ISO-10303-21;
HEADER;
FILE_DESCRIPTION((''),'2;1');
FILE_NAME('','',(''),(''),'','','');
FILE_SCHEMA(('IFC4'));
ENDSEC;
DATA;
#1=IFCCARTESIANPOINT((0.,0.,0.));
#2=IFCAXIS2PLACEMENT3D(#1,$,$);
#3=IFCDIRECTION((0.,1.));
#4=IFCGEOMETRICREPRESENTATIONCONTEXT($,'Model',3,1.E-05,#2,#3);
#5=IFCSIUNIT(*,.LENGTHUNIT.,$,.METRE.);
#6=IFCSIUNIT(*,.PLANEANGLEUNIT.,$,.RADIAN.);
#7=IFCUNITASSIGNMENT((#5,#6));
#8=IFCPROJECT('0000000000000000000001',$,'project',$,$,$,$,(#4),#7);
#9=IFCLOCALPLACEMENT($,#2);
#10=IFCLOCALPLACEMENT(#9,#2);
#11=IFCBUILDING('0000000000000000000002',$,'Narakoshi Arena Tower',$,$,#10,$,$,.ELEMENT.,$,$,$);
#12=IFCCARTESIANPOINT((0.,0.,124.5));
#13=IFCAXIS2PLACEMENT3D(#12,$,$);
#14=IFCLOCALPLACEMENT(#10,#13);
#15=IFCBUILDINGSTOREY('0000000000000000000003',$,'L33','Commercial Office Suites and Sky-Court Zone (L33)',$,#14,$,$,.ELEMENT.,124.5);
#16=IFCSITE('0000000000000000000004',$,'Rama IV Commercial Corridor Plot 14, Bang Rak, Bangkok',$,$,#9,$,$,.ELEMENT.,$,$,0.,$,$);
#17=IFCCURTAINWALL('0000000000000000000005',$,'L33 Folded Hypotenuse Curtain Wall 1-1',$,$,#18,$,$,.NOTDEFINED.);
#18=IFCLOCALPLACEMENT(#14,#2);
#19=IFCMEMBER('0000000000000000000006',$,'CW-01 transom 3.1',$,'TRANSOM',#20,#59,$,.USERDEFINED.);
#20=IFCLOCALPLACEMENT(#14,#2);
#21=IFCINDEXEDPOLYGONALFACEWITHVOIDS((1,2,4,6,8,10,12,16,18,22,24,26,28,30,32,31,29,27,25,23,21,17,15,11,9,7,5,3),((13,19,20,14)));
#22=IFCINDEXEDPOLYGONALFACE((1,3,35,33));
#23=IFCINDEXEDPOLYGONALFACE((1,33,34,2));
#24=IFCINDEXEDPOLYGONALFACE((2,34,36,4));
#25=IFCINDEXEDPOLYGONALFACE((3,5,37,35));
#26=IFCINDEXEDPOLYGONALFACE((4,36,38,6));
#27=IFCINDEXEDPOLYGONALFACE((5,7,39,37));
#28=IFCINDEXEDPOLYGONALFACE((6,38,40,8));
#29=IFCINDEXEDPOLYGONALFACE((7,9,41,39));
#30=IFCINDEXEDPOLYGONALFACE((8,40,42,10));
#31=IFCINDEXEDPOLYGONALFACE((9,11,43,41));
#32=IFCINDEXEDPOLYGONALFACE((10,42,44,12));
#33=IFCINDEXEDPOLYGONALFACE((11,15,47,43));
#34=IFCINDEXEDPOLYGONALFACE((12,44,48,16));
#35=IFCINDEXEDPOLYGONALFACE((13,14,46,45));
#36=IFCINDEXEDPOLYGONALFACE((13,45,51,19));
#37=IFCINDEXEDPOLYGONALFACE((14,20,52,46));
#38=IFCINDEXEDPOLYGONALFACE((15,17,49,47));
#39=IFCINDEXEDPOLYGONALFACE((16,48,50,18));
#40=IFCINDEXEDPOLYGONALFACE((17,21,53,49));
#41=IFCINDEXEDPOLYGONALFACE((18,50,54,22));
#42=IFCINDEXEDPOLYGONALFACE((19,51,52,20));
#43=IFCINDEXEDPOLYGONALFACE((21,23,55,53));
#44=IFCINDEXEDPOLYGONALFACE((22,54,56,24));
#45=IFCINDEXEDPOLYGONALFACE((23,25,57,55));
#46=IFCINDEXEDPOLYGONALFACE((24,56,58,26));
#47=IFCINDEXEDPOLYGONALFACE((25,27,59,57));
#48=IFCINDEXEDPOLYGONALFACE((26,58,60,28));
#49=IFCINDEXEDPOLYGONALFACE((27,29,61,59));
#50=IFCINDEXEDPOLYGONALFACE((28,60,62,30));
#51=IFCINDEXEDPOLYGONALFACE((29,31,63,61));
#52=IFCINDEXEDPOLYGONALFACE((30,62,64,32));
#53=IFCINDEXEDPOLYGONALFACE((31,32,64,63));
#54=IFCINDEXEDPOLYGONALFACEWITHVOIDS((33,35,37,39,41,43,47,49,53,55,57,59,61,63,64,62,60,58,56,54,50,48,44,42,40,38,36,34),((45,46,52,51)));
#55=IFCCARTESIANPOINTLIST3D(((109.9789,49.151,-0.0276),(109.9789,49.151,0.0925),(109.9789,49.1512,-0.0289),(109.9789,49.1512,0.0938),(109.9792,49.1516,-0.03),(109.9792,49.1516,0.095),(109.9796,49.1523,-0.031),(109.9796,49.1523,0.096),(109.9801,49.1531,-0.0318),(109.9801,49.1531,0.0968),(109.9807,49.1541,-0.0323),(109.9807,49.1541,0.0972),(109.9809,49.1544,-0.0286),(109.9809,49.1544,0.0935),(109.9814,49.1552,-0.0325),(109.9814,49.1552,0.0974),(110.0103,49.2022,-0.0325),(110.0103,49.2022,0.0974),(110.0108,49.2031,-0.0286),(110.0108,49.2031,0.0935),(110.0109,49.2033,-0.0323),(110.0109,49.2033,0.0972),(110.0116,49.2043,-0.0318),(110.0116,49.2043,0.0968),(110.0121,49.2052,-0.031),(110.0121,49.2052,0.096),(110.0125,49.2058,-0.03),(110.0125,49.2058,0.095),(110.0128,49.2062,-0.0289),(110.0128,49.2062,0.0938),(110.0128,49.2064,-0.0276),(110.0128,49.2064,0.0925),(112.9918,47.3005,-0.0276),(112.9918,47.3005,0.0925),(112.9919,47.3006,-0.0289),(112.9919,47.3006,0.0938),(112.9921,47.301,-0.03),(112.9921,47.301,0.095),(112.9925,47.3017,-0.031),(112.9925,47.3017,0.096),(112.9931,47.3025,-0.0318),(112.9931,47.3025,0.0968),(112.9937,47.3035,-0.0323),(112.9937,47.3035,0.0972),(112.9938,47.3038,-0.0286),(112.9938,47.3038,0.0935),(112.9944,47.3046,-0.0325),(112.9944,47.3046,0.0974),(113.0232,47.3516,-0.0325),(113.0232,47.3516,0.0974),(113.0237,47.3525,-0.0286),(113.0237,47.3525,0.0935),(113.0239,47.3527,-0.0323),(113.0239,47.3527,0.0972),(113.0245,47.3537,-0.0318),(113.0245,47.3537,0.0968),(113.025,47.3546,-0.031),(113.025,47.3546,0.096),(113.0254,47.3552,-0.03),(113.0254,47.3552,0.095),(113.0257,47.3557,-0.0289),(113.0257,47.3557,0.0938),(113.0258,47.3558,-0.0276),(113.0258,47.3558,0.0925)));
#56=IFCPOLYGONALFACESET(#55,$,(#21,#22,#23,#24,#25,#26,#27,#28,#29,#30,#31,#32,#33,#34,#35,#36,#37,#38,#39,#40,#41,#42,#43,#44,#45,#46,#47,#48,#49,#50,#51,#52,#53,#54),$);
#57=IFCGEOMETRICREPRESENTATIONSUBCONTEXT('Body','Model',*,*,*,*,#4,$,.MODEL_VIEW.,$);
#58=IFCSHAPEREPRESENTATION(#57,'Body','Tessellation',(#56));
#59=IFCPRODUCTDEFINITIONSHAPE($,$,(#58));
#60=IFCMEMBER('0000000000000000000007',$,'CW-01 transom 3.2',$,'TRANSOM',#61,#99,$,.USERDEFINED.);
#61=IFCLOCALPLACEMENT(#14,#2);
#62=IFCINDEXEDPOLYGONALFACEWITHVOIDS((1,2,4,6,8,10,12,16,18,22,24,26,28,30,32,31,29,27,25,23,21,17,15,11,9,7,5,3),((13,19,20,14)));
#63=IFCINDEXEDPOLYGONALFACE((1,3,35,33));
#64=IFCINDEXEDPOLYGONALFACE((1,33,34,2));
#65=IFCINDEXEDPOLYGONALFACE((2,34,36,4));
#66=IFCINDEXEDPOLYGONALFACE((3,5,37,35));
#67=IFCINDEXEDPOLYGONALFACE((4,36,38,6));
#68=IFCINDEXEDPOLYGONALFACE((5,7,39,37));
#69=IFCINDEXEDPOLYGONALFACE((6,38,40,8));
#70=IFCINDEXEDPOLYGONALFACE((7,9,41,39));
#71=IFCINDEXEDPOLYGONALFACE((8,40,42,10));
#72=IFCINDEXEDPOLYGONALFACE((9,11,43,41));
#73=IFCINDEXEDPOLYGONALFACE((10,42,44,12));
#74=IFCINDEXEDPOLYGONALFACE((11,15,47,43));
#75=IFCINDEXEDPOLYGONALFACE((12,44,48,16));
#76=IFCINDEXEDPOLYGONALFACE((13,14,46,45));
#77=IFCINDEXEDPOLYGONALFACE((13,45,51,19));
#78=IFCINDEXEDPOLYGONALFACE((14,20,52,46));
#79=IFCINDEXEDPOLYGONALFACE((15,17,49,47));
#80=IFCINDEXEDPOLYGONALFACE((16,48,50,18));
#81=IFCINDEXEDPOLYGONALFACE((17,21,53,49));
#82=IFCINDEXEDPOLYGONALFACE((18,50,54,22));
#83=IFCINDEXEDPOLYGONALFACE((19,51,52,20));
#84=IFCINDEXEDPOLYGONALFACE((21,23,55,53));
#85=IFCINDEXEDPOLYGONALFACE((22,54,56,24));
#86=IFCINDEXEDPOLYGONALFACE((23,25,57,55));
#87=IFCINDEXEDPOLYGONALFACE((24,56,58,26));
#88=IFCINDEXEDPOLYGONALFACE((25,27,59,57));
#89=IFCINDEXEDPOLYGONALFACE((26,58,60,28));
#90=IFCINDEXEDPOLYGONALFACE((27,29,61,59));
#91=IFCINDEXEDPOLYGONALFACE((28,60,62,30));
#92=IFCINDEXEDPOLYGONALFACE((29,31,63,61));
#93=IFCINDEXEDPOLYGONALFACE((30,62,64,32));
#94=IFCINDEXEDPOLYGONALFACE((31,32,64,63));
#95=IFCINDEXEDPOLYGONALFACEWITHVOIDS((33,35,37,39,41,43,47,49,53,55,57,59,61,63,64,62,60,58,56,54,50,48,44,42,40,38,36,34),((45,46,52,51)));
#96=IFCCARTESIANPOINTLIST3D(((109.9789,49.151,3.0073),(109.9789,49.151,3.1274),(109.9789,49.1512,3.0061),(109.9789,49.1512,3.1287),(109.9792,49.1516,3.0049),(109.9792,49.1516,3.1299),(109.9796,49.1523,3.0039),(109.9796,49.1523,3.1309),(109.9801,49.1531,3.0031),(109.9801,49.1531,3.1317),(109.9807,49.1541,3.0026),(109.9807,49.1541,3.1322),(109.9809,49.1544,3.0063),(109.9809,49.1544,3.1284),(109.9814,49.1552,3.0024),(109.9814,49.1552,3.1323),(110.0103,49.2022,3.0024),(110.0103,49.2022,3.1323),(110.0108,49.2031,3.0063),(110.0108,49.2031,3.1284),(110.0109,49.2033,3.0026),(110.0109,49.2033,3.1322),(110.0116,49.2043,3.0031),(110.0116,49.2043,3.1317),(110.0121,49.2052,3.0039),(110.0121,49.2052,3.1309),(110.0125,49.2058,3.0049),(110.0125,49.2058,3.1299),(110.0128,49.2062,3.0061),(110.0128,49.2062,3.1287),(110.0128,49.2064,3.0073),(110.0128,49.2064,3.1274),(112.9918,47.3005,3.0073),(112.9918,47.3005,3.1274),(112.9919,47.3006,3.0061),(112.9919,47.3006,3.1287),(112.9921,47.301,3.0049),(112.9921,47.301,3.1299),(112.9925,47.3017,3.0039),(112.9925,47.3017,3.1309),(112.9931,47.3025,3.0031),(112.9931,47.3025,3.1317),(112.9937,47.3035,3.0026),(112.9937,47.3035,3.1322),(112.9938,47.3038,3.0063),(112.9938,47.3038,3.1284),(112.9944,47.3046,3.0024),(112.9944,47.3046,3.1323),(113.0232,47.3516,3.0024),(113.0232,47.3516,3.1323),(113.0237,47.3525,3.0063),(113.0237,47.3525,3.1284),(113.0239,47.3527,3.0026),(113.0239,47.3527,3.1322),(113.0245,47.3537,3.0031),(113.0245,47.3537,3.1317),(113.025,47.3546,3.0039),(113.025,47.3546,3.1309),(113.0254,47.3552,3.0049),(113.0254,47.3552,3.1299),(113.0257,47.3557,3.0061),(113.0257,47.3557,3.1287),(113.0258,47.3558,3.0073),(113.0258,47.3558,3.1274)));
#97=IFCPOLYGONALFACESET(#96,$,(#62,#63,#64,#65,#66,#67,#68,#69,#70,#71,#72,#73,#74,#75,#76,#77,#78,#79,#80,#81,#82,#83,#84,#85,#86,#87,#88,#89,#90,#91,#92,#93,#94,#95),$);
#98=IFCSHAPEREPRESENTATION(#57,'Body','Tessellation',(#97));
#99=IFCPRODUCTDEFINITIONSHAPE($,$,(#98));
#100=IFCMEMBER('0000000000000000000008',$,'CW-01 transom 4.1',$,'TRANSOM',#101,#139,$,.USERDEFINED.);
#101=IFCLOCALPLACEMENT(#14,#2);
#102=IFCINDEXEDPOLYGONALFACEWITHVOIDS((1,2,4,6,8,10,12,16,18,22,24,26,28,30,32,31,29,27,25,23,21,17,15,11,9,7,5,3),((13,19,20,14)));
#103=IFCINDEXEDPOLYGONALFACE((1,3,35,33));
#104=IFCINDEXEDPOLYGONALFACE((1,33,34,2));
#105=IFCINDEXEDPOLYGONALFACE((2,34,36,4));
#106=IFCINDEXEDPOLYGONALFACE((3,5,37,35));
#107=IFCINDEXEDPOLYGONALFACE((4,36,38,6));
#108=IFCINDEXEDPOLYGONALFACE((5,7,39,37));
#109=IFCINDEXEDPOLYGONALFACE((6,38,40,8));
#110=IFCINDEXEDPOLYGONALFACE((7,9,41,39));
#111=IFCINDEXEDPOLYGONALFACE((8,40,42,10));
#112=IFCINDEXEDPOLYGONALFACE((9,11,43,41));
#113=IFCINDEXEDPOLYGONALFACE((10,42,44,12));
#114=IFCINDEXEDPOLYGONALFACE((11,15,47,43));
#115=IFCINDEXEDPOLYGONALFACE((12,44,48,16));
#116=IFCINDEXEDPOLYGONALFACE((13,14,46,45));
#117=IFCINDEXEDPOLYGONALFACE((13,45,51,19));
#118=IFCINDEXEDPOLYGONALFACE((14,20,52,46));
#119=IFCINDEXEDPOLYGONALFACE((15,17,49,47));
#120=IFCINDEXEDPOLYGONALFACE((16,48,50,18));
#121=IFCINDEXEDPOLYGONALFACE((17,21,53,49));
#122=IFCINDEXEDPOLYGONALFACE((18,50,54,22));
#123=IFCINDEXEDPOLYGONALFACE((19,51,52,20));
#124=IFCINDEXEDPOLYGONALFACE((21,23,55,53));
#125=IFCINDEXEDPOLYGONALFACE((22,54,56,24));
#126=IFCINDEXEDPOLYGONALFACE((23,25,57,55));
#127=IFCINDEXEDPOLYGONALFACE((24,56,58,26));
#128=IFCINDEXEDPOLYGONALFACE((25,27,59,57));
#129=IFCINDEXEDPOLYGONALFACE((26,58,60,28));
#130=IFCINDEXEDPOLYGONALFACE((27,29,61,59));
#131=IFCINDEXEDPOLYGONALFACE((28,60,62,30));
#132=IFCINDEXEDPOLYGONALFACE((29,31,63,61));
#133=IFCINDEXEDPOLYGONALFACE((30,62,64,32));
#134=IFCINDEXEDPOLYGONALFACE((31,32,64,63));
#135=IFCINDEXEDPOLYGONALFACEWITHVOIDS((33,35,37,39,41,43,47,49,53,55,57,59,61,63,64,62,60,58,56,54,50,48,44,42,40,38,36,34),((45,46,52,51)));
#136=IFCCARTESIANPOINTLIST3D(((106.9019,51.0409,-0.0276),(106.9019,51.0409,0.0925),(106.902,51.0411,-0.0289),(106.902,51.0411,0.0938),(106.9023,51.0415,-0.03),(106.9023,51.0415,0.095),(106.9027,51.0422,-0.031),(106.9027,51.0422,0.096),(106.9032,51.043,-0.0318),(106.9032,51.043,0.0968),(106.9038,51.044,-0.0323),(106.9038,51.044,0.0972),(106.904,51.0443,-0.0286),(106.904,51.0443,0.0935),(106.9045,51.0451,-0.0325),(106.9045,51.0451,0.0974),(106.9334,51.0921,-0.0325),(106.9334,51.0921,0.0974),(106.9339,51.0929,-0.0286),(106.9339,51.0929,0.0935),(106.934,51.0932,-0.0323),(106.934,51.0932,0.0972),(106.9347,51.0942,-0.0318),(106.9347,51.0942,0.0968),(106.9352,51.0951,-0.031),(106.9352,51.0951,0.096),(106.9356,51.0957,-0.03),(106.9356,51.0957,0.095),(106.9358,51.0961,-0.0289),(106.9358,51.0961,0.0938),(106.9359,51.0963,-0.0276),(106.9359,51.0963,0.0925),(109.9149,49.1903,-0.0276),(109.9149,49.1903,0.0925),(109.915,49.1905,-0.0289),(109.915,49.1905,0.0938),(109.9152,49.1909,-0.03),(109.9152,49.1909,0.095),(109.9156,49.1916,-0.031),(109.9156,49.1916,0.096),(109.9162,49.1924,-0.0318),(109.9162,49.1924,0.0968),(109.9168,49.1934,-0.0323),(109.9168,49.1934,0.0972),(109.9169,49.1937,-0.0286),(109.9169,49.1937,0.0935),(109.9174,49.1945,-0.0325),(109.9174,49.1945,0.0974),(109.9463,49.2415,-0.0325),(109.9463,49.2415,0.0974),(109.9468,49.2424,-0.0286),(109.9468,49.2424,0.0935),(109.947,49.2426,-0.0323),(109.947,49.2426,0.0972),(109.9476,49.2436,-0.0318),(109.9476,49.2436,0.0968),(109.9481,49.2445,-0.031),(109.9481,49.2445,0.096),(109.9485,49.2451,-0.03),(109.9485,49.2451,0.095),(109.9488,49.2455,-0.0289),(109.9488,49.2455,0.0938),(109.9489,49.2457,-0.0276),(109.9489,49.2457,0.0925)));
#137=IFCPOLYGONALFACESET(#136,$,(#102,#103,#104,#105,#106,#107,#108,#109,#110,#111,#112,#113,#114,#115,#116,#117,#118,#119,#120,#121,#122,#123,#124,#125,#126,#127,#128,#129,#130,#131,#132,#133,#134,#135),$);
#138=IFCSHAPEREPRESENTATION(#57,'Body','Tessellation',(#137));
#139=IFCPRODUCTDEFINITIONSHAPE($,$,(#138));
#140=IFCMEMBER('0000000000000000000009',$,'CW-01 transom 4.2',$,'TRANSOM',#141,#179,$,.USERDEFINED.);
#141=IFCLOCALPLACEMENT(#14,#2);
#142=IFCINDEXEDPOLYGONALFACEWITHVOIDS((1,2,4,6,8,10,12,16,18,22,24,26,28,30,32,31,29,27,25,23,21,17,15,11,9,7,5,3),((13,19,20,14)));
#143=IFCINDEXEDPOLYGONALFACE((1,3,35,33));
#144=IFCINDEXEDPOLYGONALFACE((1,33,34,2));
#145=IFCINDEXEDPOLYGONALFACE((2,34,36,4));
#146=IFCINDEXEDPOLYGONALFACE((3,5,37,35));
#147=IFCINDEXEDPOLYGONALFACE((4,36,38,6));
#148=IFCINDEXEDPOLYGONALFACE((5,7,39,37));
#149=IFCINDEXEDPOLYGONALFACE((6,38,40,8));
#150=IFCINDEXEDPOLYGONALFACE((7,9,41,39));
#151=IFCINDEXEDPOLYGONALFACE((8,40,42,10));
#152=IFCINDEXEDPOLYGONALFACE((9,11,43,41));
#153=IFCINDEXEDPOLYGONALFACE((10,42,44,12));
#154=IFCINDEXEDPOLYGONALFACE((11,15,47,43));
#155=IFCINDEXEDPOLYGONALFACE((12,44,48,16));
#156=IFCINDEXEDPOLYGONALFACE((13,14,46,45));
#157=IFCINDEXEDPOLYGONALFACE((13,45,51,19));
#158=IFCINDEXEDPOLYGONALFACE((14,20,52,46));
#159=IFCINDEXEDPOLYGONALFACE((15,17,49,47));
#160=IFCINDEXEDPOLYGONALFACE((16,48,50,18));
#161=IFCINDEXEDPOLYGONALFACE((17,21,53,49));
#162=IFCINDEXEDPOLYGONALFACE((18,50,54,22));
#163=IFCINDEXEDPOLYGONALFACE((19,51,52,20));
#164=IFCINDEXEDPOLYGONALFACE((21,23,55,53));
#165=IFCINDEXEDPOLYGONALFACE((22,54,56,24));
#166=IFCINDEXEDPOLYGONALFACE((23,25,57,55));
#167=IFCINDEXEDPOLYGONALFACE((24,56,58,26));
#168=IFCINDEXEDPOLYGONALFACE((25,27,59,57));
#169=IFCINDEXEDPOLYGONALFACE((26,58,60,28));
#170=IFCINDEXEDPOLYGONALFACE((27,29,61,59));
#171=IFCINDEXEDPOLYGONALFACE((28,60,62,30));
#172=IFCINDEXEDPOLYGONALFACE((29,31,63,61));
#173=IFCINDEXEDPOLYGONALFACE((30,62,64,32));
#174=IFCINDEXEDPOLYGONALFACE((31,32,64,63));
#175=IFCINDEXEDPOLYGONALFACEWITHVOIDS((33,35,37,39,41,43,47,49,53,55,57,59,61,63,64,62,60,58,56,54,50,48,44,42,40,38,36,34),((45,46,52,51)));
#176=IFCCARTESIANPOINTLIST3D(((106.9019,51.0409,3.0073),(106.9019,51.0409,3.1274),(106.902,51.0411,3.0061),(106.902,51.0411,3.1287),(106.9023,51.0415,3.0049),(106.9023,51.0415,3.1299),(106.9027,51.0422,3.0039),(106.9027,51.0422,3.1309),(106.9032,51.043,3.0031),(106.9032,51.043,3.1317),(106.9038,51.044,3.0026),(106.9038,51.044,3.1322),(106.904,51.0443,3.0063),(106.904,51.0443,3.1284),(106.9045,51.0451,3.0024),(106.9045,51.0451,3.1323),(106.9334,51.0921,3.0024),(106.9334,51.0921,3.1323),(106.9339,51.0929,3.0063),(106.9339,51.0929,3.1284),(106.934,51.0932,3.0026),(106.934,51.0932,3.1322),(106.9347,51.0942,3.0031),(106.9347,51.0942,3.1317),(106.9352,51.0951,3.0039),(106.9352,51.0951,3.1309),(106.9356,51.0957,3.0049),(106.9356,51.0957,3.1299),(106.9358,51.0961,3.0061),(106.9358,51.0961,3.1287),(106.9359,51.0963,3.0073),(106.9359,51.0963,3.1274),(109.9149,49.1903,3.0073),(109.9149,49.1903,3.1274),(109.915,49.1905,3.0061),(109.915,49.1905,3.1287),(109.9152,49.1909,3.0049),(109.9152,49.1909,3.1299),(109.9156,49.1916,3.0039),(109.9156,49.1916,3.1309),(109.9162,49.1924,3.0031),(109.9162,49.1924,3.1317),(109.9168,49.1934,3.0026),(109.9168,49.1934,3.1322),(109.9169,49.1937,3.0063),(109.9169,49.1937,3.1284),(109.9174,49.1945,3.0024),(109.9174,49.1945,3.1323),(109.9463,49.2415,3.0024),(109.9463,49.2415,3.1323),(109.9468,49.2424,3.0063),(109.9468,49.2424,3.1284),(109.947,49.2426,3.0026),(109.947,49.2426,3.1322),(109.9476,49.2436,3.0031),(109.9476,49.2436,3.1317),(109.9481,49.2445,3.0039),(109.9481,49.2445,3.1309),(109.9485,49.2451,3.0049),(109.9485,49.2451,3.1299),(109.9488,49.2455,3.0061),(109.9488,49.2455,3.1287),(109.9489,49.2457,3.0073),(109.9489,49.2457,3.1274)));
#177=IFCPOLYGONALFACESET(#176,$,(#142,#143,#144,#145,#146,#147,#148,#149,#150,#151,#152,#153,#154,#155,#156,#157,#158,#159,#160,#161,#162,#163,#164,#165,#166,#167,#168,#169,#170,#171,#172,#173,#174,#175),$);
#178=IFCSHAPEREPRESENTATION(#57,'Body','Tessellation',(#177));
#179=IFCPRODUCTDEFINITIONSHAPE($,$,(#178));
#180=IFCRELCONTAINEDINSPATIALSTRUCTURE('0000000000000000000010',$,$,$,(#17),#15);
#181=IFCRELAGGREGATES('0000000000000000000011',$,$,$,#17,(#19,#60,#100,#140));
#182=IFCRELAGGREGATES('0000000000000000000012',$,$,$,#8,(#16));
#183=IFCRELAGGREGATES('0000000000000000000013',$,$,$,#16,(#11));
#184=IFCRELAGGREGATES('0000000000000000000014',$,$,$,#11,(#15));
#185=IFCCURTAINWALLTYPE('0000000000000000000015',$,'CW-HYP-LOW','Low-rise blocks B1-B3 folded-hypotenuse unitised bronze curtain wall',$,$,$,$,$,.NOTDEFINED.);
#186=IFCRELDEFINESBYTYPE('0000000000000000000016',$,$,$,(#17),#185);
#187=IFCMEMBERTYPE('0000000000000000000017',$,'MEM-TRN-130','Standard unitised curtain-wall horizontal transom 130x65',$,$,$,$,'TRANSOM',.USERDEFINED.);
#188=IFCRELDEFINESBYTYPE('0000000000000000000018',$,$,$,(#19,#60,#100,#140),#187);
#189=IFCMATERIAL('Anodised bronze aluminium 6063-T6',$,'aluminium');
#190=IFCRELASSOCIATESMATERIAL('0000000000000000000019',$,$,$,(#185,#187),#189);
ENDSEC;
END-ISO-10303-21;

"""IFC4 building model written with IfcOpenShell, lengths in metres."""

from ifc_helpers import new_model, si_unit, direction, frame, origin, origin_2d, place, context, subcontext, project, spatial, hollow_rectangle, extrude, material, material_profile, profile_set, type_object, element, aggregate, save


model = new_model("IFC4")

# Units and contexts
model_context = context("Model", 3, precision=1e-05, world=origin(), true_north=direction((0.0, 1.0)))
body_context = subcontext(model_context, "Body", "Model", "MODEL_VIEW")
ifc_project = project(units=[si_unit("LENGTHUNIT", "METRE"), si_unit("PLANEANGLEUNIT", "RADIAN")], contexts=[model_context])

# Site, building, storey
site_placement = place(None, origin())
site = spatial("IfcSite", under=ifc_project, at=site_placement, Name="Rama IV Commercial Corridor Plot 14, Bang Rak, Bangkok", CompositionType="ELEMENT", RefElevation=0.0)
building_placement = place(site_placement, origin())
building = spatial("IfcBuilding", under=site, at=building_placement, Name="Narakoshi Arena Tower", CompositionType="ELEMENT")
storey_placement = place(building_placement, frame((0.0, 0.0, 124.5)))
storey = spatial("IfcBuildingStorey", under=building, at=storey_placement, Name="L33", Description="Commercial Office Suites and Sky-Court Zone (L33)", CompositionType="ELEMENT", Elevation=124.5)

# Curtain wall, members
ifc_material_1 = material(Name="Anodised bronze aluminium 6063-T6", Category="aluminium")
curtain_wall_type = type_object("IfcCurtainWallType", Name="CW-HYP-LOW", Description="Low-rise blocks B1-B3 folded-hypotenuse unitised bronze curtain wall", PredefinedType="NOTDEFINED", material=ifc_material_1)
curtain_wall_placement = place(storey_placement, origin())
curtain_wall = element("IfcCurtainWall", 1, at=curtain_wall_placement, inside=storey, type_object=curtain_wall_type, Name="L33 Folded Hypotenuse Curtain Wall 1-1", PredefinedType="NOTDEFINED")
ifc_material_profile_1 = material_profile(ifc_material_1, hollow_rectangle(XDim=0.0649, YDim=0.1299, WallThickness=0.0039, OuterFilletRadius=0.0049, at=origin_2d()), Name="TRN130x65x4")
ifc_profile_set_1 = profile_set([ifc_material_profile_1], Name="Anodised bronze aluminium 6063-T6")
member_type_1 = type_object("IfcMemberType", Name="MEM-TRN-130", Description="Standard unitised curtain-wall horizontal transom 130x65", ElementType="TRANSOM", PredefinedType="USERDEFINED", material=ifc_profile_set_1)
member_1_placement = place(storey_placement, frame((113.0088, 47.3281, 0.0325), z_axis=(-0.852104, 0.523373, 0.0), x_axis=(-0.523373, -0.852104, 0.0)))
member_1 = element("IfcMember", 2, at=member_1_placement, type_object=member_type_1, Name="CW-01 transom 3.1", ObjectType="TRANSOM", PredefinedType="USERDEFINED", context=body_context, shape_type="SweptSolid", body=[
    extrude(hollow_rectangle(XDim=0.0649, YDim=0.1299, WallThickness=0.0039, OuterFilletRadius=0.0049, at=origin_2d()), origin(), (0.0, 0.0, 1.0), 3.5359),
])
member_2_placement = place(storey_placement, frame((113.0088, 47.3281, 3.0674), z_axis=(-0.852104, 0.523373, 0.0), x_axis=(-0.523373, -0.852104, 0.0)))
member_2 = element("IfcMember", 3, at=member_2_placement, type_object=member_type_1, Name="CW-01 transom 3.2", ObjectType="TRANSOM", PredefinedType="USERDEFINED", context=body_context, shape_type="SweptSolid", body=[
    extrude(hollow_rectangle(XDim=0.0649, YDim=0.1299, WallThickness=0.0039, OuterFilletRadius=0.0049, at=origin_2d()), origin(), (0.0, 0.0, 1.0), 3.5359),
])
member_3_placement = place(storey_placement, frame((109.9319, 49.218, 0.0325), z_axis=(-0.852104, 0.523373, 0.0), x_axis=(-0.523373, -0.852104, 0.0)))
member_3 = element("IfcMember", 4, at=member_3_placement, type_object=member_type_1, Name="CW-01 transom 4.1", ObjectType="TRANSOM", PredefinedType="USERDEFINED", context=body_context, shape_type="SweptSolid", body=[
    extrude(hollow_rectangle(XDim=0.0649, YDim=0.1299, WallThickness=0.0039, OuterFilletRadius=0.0049, at=origin_2d()), origin(), (0.0, 0.0, 1.0), 3.5359),
])
member_4_placement = place(storey_placement, frame((109.9319, 49.218, 3.0674), z_axis=(-0.852104, 0.523373, 0.0), x_axis=(-0.523373, -0.852104, 0.0)))
member_4 = element("IfcMember", 5, at=member_4_placement, type_object=member_type_1, Name="CW-01 transom 4.2", ObjectType="TRANSOM", PredefinedType="USERDEFINED", context=body_context, shape_type="SweptSolid", body=[
    extrude(hollow_rectangle(XDim=0.0649, YDim=0.1299, WallThickness=0.0039, OuterFilletRadius=0.0049, at=origin_2d()), origin(), (0.0, 0.0, 1.0), 3.5359),
])
aggregate(curtain_wall, [member_1, member_2, member_3, member_4])

save(model, "model.ifc")
